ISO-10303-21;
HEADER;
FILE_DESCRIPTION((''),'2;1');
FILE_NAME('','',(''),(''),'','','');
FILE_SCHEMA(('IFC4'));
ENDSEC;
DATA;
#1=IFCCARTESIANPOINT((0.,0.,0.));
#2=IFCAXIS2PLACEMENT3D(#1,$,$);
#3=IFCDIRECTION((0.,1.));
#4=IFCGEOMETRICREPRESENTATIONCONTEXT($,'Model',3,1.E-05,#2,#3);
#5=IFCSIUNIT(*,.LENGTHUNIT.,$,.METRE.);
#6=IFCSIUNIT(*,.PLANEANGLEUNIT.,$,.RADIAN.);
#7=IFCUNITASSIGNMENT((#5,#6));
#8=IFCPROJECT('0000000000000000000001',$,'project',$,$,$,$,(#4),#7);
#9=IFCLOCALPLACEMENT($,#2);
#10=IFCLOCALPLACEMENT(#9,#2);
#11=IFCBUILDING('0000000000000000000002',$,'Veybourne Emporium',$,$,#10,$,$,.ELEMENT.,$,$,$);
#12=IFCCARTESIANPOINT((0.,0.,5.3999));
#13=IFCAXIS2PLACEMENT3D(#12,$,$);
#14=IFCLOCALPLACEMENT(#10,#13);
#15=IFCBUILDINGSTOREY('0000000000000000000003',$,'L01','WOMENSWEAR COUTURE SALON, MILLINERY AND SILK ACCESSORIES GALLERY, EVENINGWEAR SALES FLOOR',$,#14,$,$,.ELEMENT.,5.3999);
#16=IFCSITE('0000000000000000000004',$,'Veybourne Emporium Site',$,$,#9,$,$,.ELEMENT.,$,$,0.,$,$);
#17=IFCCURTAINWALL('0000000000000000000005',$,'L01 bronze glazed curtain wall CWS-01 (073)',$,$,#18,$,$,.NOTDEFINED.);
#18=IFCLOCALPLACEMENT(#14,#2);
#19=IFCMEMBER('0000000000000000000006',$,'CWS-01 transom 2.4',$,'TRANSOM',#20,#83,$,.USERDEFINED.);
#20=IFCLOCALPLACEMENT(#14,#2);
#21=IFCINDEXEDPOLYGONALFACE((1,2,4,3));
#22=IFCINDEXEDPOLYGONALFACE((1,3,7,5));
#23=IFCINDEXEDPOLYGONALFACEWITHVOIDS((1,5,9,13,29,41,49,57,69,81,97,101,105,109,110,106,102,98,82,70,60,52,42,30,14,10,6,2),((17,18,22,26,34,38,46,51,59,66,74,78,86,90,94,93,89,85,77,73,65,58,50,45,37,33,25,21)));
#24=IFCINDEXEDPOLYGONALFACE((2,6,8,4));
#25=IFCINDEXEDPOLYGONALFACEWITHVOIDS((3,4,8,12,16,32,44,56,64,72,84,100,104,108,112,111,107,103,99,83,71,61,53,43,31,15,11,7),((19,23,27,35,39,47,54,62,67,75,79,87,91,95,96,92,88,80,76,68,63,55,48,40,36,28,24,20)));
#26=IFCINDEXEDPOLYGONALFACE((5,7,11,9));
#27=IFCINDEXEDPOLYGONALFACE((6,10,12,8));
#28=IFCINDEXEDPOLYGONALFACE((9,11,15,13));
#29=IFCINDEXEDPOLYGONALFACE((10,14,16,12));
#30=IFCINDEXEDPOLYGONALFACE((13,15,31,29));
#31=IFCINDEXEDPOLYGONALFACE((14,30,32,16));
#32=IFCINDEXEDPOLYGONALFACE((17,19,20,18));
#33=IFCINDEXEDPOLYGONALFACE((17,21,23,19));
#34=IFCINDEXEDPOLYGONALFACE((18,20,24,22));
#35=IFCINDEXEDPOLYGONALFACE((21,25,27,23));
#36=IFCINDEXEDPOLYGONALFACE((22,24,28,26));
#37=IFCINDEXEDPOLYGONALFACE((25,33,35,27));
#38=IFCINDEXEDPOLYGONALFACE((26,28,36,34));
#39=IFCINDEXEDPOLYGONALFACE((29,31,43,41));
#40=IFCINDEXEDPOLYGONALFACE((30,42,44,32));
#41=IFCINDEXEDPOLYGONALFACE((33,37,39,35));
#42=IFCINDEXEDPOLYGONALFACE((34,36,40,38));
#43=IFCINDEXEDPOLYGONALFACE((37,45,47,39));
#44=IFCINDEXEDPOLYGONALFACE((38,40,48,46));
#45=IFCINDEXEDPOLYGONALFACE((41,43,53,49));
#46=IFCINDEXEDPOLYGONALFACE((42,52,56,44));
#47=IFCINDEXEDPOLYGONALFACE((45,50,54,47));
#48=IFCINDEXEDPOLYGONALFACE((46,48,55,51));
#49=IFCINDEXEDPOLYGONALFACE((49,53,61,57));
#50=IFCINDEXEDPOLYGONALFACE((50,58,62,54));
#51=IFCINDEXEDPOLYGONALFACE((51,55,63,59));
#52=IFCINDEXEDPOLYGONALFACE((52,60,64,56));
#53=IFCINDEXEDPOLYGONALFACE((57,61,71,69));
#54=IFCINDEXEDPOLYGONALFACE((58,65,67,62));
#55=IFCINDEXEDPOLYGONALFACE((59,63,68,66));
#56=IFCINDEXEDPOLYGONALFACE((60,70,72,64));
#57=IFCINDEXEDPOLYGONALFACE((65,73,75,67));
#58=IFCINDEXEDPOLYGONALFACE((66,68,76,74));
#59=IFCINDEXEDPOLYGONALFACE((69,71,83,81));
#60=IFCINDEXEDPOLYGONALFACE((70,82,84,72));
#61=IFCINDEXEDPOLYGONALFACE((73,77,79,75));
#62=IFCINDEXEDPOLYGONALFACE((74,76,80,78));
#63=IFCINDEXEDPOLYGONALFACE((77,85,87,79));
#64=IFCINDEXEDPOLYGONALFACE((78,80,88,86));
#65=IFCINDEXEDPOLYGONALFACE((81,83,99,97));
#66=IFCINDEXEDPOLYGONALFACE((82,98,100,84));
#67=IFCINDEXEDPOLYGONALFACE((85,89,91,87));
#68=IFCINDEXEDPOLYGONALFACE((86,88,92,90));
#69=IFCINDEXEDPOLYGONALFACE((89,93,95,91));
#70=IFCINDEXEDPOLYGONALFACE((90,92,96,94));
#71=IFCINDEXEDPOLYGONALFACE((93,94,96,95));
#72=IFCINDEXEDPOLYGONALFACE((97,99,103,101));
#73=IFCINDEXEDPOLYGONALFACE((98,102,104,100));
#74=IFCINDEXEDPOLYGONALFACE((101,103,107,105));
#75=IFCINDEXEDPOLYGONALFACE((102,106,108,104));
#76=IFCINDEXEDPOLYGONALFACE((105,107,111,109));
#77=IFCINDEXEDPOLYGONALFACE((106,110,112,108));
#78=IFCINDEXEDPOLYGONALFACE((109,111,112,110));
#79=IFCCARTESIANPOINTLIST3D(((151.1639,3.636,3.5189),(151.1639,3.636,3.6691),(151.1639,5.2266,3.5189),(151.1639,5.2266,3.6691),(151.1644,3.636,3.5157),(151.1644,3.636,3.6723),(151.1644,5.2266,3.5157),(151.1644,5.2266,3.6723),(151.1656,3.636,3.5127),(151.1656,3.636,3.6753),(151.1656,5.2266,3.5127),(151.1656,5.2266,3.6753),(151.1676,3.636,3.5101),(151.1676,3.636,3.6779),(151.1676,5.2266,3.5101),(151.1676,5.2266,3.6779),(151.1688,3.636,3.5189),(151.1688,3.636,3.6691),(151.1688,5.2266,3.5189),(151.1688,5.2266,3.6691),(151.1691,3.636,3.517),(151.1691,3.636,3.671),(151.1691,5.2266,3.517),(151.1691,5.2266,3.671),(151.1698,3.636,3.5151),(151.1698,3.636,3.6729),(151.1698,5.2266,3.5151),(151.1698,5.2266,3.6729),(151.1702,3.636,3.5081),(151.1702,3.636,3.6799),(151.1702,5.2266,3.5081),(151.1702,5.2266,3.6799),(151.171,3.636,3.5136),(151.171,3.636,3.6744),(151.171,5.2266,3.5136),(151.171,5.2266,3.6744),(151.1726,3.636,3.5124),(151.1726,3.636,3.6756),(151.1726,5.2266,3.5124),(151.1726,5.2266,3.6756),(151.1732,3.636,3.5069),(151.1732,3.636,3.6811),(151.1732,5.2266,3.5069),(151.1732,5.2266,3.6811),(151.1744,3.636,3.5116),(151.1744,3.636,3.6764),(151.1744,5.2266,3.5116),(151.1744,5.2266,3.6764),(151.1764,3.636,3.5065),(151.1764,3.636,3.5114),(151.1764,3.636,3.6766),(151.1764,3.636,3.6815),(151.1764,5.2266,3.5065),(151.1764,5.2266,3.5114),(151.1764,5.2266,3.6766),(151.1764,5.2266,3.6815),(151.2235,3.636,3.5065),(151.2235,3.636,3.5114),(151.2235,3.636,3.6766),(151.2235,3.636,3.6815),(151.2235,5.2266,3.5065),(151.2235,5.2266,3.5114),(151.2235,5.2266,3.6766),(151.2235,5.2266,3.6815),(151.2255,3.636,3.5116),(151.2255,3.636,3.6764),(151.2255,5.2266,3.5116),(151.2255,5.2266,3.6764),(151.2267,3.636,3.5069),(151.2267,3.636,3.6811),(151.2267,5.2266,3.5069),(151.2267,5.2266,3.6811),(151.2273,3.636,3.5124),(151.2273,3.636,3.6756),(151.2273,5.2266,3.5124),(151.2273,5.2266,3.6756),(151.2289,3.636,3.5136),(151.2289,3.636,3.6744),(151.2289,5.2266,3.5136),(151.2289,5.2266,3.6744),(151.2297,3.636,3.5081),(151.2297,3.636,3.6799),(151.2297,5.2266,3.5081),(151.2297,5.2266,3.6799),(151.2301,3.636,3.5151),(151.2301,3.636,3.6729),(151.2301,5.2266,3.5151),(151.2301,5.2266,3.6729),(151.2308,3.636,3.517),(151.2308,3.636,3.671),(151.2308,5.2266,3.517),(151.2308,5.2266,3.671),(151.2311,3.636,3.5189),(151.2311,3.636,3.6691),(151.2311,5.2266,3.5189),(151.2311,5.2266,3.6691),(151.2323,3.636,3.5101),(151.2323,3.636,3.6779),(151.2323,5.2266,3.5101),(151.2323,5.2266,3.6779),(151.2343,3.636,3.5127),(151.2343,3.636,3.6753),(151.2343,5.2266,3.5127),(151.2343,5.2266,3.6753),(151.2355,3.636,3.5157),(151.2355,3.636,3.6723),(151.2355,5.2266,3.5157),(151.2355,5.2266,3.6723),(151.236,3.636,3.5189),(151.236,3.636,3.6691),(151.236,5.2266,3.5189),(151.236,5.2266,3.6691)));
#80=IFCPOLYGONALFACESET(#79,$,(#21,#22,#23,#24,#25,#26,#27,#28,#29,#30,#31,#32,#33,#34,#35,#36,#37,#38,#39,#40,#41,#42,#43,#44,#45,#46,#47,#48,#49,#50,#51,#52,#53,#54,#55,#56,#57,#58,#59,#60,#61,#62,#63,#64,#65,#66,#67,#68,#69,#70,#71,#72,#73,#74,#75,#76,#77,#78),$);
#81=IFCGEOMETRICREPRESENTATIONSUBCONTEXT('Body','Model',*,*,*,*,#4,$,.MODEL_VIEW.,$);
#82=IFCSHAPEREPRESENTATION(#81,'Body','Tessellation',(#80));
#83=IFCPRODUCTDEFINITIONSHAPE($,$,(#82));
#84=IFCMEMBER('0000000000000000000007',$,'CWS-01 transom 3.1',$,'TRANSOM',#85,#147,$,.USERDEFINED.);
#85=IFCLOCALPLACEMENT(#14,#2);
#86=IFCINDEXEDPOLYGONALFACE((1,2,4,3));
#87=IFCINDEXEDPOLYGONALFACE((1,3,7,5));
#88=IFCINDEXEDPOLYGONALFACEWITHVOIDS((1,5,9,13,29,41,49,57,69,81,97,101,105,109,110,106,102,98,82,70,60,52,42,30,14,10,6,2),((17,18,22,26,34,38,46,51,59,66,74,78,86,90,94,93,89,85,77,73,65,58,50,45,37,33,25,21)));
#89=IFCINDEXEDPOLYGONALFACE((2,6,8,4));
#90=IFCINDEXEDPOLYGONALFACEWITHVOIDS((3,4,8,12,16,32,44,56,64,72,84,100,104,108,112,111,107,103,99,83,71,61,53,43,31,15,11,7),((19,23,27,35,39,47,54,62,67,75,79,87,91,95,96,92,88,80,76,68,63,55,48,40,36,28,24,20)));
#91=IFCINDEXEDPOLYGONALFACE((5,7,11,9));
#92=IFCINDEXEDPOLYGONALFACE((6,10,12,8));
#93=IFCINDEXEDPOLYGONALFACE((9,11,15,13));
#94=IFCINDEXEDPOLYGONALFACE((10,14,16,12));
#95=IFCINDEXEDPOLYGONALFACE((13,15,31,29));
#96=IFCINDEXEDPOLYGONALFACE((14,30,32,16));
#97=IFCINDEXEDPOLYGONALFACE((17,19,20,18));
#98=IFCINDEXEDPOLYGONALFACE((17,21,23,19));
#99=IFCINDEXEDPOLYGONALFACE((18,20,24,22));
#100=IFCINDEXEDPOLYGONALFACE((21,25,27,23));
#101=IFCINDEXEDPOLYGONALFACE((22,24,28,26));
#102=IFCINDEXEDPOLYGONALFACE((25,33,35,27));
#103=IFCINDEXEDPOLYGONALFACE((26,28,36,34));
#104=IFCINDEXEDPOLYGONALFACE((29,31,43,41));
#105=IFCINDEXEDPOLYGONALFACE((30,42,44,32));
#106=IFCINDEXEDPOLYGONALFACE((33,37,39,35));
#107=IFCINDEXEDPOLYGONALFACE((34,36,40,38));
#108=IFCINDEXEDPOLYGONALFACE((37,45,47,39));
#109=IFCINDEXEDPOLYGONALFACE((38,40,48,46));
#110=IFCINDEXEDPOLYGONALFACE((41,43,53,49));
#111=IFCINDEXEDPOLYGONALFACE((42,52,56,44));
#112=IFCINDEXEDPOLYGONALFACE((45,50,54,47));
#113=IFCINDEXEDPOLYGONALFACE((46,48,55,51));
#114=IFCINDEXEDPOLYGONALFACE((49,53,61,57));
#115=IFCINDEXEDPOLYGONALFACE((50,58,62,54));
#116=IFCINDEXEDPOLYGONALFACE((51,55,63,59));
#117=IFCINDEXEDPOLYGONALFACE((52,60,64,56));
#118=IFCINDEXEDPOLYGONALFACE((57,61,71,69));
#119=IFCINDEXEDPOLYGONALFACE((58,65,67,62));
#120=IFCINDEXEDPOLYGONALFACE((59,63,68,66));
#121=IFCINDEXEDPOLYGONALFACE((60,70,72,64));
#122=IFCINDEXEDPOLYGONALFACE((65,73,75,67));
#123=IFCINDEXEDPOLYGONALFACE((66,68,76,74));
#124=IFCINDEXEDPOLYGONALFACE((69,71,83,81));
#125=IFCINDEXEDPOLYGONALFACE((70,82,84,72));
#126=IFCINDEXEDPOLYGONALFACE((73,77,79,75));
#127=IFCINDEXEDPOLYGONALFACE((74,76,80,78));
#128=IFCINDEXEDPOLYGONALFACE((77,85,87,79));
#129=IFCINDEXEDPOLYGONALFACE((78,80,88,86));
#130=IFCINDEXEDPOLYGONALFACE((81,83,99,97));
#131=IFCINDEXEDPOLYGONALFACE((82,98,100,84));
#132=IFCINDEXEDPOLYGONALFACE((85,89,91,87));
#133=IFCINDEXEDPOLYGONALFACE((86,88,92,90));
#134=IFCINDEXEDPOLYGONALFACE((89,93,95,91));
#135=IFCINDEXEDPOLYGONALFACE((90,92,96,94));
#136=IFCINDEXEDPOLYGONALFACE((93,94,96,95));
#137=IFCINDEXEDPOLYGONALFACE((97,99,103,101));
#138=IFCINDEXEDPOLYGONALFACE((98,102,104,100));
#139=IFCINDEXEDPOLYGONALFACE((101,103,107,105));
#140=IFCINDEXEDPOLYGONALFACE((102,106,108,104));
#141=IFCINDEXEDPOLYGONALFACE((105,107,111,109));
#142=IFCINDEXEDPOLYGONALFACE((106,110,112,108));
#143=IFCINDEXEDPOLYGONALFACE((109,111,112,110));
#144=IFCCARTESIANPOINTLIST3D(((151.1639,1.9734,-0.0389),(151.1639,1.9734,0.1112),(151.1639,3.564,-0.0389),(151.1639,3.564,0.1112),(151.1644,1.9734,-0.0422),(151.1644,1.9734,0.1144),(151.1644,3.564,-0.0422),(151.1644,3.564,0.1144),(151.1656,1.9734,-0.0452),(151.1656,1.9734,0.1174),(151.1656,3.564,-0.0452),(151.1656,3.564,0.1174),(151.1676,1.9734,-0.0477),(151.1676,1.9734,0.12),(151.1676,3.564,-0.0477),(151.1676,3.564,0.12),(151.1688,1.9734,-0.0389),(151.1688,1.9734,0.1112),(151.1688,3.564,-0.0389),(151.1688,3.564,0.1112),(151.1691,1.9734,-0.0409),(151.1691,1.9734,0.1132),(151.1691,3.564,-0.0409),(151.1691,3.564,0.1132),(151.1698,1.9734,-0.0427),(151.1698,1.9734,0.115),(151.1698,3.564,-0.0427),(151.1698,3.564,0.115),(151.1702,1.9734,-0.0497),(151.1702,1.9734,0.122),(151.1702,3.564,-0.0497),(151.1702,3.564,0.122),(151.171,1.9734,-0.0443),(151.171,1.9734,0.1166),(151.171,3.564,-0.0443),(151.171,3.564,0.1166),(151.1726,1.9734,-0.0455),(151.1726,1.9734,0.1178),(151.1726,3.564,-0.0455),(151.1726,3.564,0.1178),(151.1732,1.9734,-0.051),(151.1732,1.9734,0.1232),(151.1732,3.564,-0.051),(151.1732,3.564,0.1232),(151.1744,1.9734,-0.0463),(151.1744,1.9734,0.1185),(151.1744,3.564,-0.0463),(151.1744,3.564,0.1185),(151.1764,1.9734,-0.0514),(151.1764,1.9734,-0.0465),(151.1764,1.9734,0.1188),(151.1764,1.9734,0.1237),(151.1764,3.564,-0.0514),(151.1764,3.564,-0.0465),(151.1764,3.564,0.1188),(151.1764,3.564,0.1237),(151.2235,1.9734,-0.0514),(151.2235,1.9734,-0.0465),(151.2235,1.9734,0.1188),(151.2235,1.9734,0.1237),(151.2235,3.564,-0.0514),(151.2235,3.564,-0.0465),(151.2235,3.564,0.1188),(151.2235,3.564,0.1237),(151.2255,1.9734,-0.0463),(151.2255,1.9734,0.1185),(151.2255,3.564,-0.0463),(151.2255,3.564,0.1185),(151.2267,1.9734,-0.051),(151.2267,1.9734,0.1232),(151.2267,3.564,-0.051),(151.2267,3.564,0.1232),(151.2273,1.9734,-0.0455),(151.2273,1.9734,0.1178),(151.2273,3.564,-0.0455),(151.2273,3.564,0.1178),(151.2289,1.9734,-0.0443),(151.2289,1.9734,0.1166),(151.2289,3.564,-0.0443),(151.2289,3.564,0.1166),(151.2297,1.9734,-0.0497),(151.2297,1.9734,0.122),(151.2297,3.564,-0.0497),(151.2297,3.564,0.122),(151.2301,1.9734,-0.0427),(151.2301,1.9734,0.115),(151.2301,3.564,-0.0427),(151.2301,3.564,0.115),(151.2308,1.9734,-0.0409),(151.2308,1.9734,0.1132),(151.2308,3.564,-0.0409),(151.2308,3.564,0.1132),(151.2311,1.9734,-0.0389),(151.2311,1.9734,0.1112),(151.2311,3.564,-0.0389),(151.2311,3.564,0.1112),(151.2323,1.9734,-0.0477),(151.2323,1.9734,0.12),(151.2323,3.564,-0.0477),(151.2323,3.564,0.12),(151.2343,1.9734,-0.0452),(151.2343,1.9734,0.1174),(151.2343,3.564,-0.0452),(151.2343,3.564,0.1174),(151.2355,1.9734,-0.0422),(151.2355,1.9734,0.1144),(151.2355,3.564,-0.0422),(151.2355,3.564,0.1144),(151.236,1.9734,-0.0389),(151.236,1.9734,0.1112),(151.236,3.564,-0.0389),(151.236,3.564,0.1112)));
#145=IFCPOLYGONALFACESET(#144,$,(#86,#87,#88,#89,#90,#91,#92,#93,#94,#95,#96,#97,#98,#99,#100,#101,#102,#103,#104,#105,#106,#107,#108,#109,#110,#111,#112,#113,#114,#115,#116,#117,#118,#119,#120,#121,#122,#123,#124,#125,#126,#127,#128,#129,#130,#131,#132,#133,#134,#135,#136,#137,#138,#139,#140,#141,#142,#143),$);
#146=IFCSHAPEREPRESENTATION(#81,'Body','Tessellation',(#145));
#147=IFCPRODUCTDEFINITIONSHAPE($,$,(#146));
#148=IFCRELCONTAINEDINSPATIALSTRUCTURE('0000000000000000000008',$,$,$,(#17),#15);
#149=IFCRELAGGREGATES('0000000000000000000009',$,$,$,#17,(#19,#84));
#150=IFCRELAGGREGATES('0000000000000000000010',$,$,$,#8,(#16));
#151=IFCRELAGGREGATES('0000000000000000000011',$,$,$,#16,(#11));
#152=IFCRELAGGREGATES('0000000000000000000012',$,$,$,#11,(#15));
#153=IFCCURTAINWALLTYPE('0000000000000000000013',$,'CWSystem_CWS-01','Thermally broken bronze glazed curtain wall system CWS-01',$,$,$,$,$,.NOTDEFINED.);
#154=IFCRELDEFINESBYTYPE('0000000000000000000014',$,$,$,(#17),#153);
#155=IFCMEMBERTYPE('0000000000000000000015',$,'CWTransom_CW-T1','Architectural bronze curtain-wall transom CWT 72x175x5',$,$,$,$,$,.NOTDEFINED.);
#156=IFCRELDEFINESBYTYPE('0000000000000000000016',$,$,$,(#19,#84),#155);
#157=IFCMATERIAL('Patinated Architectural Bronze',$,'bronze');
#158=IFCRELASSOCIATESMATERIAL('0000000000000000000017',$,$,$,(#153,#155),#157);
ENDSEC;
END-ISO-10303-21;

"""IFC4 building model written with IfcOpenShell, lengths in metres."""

from ifc_helpers import new_model, si_unit, direction, frame, origin, origin_2d, place, context, subcontext, project, spatial, hollow_rectangle, extrude, material, material_profile, profile_set, type_object, element, aggregate, save


model = new_model("IFC4")

# Units and contexts
model_context = context("Model", 3, precision=1e-05, world=origin(), true_north=direction((0.0, 1.0)))
body_context = subcontext(model_context, "Body", "Model", "MODEL_VIEW")
ifc_project = project(units=[si_unit("LENGTHUNIT", "METRE"), si_unit("PLANEANGLEUNIT", "RADIAN")], contexts=[model_context])

# Site, building, storey
site_placement = place(None, origin())
site = spatial("IfcSite", under=ifc_project, at=site_placement, Name="Veybourne Emporium Site", CompositionType="ELEMENT", RefElevation=0.0)
building_placement = place(site_placement, origin())
building = spatial("IfcBuilding", under=site, at=building_placement, Name="Veybourne Emporium", CompositionType="ELEMENT")
storey_placement = place(building_placement, frame((0.0, 0.0, 5.3999)))
storey = spatial("IfcBuildingStorey", under=building, at=storey_placement, Name="L01", Description="WOMENSWEAR COUTURE SALON, MILLINERY AND SILK ACCESSORIES GALLERY, EVENINGWEAR SALES FLOOR", CompositionType="ELEMENT", Elevation=5.3999)

# Curtain wall, members
ifc_material_1 = material(Name="Patinated Architectural Bronze", Category="bronze")
curtain_wall_type = type_object("IfcCurtainWallType", Name="CWSystem_CWS-01", Description="Thermally broken bronze glazed curtain wall system CWS-01", PredefinedType="NOTDEFINED", material=ifc_material_1)
curtain_wall_placement = place(storey_placement, origin())
curtain_wall = element("IfcCurtainWall", 1, at=curtain_wall_placement, inside=storey, type_object=curtain_wall_type, Name="L01 bronze glazed curtain wall CWS-01 (073)", PredefinedType="NOTDEFINED")
ifc_material_profile_1 = material_profile(ifc_material_1, hollow_rectangle(XDim=0.072, YDim=0.175, WallThickness=0.0049, InnerFilletRadius=0.0076, OuterFilletRadius=0.0125, at=origin_2d()), Name="CWT 72x175x5")
ifc_profile_set_1 = profile_set([ifc_material_profile_1], Name="Patinated Architectural Bronze")
member_type_1 = type_object("IfcMemberType", Name="CWTransom_CW-T1", Description="Architectural bronze curtain-wall transom CWT 72x175x5", PredefinedType="NOTDEFINED", material=ifc_profile_set_1)
member_1_placement = place(storey_placement, frame((151.2, 5.2266, 3.594), z_axis=(0.0, -1.0, 0.0), x_axis=(1.0, 0.0, 0.0)))
member_1 = element("IfcMember", 2, at=member_1_placement, type_object=member_type_1, Name="CWS-01 transom 2.4", ObjectType="TRANSOM", PredefinedType="USERDEFINED", context=body_context, shape_type="SweptSolid", body=[
    extrude(hollow_rectangle(XDim=0.072, YDim=0.175, WallThickness=0.0049, InnerFilletRadius=0.0076, OuterFilletRadius=0.0125, at=origin_2d()), origin(), (0.0, 0.0, 1.0), 1.5906),
])
member_2_placement = place(storey_placement, frame((151.2, 3.564, 0.0361), z_axis=(0.0, -1.0, 0.0), x_axis=(1.0, 0.0, 0.0)))
member_2 = element("IfcMember", 3, at=member_2_placement, type_object=member_type_1, Name="CWS-01 transom 3.1", ObjectType="TRANSOM", PredefinedType="USERDEFINED", context=body_context, shape_type="SweptSolid", body=[
    extrude(hollow_rectangle(XDim=0.072, YDim=0.175, WallThickness=0.0049, InnerFilletRadius=0.0076, OuterFilletRadius=0.0125, at=origin_2d()), origin(), (0.0, 0.0, 1.0), 1.5906),
])
aggregate(curtain_wall, [member_1, member_2])

save(model, "model.ifc")
